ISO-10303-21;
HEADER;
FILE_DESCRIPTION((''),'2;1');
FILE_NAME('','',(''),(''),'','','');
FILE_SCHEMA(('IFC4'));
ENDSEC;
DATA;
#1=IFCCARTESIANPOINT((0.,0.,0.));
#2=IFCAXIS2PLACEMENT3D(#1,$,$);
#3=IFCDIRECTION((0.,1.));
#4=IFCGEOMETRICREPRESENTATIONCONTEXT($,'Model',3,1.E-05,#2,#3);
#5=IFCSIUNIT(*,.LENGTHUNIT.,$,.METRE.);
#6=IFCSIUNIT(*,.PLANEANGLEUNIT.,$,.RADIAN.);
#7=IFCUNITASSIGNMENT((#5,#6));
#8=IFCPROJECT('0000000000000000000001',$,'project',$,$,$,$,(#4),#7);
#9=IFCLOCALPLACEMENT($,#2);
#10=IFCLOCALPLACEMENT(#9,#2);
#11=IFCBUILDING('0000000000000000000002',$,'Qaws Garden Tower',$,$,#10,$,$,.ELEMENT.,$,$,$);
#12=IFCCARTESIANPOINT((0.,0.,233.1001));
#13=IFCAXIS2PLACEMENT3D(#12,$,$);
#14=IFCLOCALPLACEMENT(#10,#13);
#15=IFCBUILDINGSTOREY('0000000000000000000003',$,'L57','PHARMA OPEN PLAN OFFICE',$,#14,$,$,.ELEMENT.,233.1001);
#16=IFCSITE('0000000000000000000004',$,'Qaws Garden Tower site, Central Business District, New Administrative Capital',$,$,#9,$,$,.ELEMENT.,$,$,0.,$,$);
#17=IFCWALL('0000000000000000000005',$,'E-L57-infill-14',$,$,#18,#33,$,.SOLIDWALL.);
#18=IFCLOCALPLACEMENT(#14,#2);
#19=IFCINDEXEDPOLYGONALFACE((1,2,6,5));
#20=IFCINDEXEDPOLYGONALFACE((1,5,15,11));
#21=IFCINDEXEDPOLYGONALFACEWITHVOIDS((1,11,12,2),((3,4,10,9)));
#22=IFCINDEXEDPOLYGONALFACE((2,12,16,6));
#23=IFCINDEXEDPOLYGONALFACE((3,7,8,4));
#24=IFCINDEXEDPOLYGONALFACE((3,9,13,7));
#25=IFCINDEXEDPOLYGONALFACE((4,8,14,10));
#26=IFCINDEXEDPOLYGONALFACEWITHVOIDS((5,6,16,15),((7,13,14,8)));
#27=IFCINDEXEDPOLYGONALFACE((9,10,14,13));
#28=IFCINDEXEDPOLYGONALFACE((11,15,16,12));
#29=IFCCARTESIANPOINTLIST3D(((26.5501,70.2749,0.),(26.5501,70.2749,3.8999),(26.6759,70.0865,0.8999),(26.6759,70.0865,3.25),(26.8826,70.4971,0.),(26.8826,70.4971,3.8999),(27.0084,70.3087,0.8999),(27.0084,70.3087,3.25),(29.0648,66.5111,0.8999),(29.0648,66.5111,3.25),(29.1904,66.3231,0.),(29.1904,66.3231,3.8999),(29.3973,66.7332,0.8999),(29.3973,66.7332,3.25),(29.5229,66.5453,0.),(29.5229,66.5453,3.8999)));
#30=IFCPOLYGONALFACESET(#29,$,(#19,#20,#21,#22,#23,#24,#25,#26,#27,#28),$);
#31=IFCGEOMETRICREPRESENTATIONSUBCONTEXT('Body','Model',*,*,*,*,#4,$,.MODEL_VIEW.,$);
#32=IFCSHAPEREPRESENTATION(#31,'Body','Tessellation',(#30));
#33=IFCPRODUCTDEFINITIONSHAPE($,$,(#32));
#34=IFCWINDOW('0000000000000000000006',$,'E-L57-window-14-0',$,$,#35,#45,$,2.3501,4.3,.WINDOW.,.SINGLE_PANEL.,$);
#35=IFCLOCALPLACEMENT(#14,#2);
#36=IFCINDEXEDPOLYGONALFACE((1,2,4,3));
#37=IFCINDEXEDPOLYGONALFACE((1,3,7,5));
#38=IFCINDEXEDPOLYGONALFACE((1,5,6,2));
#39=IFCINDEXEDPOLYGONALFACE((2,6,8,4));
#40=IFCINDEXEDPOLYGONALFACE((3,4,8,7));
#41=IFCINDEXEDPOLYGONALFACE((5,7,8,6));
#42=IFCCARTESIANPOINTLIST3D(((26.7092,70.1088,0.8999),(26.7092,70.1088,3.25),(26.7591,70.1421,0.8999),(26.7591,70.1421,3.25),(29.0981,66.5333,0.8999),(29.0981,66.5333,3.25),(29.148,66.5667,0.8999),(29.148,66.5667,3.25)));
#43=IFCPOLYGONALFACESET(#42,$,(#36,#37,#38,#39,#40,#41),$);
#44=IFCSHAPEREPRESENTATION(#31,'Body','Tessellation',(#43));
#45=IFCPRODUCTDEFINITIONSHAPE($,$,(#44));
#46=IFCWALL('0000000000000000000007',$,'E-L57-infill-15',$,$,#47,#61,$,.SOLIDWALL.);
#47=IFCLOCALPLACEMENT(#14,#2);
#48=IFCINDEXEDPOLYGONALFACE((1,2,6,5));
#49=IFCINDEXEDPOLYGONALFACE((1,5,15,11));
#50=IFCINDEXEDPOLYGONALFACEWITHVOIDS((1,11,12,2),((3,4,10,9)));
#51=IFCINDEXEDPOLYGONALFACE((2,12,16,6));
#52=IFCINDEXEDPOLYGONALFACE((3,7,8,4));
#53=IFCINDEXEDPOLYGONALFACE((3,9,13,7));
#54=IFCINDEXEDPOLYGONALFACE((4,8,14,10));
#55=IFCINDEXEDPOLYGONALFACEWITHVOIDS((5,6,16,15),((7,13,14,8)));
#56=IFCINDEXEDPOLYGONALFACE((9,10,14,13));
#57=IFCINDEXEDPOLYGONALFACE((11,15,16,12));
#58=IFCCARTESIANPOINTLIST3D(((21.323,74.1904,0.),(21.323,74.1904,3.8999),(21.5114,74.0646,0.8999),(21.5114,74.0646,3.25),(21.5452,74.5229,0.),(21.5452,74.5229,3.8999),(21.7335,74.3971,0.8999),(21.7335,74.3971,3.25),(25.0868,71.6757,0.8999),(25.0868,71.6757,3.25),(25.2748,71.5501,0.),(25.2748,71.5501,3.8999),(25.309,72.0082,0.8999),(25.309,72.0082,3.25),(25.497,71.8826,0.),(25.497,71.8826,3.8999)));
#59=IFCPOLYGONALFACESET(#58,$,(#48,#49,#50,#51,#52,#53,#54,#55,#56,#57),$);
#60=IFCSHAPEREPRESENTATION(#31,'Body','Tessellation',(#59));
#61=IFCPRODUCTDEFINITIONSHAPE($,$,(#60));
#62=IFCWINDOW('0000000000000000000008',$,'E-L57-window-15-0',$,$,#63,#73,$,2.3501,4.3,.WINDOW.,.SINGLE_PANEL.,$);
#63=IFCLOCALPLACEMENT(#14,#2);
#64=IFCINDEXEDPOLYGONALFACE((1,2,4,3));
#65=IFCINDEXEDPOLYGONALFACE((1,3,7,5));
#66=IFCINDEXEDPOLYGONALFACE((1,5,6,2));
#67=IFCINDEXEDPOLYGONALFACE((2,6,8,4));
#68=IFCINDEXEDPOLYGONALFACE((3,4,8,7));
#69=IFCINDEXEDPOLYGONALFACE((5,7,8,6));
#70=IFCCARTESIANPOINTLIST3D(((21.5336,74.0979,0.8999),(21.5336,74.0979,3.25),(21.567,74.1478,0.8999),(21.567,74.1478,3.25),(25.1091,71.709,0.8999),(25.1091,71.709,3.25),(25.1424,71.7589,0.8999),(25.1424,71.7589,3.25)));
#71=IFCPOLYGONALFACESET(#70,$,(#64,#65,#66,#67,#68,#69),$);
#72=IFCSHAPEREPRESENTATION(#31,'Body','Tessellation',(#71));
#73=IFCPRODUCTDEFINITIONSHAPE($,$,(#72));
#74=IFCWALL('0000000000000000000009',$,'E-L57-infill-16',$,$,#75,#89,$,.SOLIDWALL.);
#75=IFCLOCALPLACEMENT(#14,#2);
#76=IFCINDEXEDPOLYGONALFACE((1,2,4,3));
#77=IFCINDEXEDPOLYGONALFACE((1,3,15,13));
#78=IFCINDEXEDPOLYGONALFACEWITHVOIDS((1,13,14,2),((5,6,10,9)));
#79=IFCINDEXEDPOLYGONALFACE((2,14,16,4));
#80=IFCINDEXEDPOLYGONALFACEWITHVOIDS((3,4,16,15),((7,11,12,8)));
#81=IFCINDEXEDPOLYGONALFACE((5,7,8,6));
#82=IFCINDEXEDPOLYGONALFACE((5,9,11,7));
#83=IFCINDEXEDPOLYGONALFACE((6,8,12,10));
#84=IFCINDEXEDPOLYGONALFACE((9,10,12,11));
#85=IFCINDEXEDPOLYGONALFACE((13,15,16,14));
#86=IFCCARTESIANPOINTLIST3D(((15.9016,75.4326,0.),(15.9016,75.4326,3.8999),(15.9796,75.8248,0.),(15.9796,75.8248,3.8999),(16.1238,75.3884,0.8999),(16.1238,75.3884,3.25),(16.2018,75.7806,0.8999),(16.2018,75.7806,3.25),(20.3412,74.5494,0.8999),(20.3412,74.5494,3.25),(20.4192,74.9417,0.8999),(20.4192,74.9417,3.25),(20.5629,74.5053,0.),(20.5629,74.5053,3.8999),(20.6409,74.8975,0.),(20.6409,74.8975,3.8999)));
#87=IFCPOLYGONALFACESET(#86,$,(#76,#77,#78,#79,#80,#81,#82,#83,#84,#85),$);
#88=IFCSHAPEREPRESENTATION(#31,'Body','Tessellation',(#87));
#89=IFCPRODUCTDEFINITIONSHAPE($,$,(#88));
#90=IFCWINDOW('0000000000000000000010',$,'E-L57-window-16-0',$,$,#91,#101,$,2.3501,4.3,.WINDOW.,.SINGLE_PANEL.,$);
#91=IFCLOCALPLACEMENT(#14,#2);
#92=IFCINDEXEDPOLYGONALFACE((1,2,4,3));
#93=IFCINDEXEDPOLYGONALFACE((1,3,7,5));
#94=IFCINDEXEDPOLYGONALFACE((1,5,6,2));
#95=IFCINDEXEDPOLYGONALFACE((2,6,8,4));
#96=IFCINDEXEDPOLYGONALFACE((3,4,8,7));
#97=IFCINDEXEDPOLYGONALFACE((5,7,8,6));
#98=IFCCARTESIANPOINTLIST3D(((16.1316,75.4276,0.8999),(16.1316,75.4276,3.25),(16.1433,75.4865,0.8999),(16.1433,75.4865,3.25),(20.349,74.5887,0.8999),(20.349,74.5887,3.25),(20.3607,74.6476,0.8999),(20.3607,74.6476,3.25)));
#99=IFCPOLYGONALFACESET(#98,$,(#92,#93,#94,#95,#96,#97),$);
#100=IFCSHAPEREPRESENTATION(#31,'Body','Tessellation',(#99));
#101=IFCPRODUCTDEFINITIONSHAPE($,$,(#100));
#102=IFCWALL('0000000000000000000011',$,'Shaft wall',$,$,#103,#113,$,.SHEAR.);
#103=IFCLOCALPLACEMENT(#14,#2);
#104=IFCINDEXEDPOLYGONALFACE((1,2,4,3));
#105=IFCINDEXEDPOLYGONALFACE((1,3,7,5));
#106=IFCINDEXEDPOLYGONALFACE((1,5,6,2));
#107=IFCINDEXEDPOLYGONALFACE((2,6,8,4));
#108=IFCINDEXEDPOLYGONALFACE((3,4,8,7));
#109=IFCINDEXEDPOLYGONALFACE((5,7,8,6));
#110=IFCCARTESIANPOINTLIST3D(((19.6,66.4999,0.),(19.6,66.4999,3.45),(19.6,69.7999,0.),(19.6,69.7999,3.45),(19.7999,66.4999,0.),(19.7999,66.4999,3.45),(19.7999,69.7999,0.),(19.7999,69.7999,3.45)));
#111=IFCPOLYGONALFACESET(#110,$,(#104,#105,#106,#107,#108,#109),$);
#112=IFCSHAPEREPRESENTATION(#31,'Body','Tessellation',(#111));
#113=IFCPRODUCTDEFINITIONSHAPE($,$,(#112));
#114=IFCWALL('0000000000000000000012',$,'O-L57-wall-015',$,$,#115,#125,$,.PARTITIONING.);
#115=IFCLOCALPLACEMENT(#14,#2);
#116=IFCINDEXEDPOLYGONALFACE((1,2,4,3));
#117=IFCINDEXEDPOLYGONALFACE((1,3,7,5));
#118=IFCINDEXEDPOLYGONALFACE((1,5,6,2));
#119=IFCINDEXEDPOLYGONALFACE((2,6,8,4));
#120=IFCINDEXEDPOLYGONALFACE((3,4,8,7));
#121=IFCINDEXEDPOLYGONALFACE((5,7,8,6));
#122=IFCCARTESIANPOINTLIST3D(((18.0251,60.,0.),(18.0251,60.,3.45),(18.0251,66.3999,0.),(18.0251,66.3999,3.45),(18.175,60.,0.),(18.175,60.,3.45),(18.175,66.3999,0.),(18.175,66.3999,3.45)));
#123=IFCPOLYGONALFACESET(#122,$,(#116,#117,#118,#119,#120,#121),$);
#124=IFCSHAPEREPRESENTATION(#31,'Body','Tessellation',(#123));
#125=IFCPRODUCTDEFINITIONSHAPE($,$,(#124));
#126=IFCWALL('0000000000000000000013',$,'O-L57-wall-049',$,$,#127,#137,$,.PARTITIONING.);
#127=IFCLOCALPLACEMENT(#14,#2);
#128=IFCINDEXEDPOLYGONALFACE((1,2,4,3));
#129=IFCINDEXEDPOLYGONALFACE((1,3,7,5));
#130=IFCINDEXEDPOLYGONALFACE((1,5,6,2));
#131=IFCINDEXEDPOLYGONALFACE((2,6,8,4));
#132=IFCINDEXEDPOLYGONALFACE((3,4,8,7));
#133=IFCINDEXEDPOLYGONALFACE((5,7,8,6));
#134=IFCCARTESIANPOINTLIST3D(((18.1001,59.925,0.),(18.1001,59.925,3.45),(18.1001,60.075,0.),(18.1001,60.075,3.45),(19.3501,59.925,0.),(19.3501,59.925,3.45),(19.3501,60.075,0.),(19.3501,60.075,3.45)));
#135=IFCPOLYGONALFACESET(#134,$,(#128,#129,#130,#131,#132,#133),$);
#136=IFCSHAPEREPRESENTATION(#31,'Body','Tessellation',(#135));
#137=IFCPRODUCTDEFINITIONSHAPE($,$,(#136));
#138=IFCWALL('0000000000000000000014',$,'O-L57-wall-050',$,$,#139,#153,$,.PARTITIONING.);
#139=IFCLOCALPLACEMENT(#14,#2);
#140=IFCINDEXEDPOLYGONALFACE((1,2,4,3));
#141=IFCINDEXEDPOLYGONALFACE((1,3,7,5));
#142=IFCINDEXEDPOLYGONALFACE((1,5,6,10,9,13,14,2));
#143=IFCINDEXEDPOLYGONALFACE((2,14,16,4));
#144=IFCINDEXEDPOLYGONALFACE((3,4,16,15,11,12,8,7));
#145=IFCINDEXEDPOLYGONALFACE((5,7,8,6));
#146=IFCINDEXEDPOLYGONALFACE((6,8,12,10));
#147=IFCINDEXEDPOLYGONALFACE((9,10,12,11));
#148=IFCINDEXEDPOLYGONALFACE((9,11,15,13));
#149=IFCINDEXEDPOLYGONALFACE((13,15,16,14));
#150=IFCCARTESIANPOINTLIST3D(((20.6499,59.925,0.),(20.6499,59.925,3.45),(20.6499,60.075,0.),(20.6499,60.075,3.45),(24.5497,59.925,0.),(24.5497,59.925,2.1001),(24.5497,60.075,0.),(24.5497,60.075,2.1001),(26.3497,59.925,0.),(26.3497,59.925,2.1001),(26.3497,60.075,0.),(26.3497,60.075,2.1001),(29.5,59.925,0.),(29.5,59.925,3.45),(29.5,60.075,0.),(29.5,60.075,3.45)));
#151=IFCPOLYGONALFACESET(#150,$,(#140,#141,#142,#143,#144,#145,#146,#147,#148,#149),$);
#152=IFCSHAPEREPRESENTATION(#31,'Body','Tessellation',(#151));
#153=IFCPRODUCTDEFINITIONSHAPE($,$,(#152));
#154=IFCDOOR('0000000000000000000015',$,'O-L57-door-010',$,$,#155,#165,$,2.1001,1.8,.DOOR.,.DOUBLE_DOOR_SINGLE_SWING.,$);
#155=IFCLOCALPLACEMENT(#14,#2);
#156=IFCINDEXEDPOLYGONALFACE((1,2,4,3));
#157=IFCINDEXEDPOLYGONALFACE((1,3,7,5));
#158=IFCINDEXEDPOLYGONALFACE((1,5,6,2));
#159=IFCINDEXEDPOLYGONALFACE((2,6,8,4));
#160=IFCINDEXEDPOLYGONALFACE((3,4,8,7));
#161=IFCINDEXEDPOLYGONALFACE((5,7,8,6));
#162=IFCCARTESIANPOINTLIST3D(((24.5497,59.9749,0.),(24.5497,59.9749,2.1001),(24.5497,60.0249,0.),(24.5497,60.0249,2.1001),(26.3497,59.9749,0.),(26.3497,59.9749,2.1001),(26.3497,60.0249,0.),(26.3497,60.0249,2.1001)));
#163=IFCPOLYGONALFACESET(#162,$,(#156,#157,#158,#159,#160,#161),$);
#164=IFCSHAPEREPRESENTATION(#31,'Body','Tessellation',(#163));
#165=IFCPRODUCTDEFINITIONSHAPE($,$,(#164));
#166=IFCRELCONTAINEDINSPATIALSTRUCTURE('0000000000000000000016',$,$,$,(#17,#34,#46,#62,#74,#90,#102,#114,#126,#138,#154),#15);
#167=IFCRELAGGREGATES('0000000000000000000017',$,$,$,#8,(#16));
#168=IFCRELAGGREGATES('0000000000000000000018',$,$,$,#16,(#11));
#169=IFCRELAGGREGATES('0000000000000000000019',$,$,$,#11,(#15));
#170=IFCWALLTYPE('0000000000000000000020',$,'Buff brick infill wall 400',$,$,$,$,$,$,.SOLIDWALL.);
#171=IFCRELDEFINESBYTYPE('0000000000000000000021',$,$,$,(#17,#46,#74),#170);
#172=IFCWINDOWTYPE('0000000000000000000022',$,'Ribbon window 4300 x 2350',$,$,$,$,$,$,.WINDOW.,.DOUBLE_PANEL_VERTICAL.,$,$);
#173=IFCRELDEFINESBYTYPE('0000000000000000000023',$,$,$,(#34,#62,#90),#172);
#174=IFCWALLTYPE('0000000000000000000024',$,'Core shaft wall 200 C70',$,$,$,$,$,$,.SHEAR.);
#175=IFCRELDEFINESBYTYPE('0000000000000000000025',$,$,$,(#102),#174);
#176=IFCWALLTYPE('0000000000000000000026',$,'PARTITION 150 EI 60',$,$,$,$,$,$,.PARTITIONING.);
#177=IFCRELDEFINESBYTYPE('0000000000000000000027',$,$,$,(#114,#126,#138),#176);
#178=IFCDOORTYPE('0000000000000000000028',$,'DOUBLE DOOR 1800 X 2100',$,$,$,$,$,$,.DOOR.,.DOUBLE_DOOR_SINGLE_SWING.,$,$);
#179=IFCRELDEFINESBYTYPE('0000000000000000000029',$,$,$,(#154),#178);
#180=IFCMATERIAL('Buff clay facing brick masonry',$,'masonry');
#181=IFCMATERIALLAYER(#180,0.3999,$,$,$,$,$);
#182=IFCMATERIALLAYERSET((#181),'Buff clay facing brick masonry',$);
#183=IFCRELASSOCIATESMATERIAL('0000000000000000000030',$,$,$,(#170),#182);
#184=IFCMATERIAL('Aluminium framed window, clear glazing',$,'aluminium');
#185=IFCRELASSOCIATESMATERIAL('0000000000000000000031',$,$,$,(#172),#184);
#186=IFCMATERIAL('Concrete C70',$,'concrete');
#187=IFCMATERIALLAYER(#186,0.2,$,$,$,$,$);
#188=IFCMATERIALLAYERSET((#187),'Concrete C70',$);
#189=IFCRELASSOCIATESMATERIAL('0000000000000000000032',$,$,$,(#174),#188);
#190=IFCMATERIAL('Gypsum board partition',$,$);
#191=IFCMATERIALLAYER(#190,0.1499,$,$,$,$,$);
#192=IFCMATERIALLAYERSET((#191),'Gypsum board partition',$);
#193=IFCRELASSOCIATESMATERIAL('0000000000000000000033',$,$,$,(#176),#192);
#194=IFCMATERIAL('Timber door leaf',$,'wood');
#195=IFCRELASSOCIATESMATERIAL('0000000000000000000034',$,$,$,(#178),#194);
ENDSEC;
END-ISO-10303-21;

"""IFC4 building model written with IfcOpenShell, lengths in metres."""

from ifc_helpers import new_model, si_unit, direction, frame, frame_2d, origin, place, context, subcontext, project, spatial, rectangle, extrude, material, layer, layer_set, type_object, element, fill, save


model = new_model("IFC4")

# Units and contexts
model_context = context("Model", 3, precision=1e-05, world=origin(), true_north=direction((0.0, 1.0)))
body_context = subcontext(model_context, "Body", "Model", "MODEL_VIEW")
ifc_project = project(units=[si_unit("LENGTHUNIT", "METRE"), si_unit("PLANEANGLEUNIT", "RADIAN")], contexts=[model_context])

# Site, building, storey
site_placement = place(None, origin())
site = spatial("IfcSite", under=ifc_project, at=site_placement, Name="Qaws Garden Tower site, Central Business District, New Administrative Capital", CompositionType="ELEMENT", RefElevation=0.0)
building_placement = place(site_placement, origin())
building = spatial("IfcBuilding", under=site, at=building_placement, Name="Qaws Garden Tower", CompositionType="ELEMENT")
storey_placement = place(building_placement, frame((0.0, 0.0, 233.1001)))
storey = spatial("IfcBuildingStorey", under=building, at=storey_placement, Name="L57", Description="PHARMA OPEN PLAN OFFICE", CompositionType="ELEMENT", Elevation=233.1001)

# Walls, openings, windows
ifc_material_1 = material(Name="Buff clay facing brick masonry", Category="masonry")
ifc_layer_1 = layer(ifc_material_1, 0.3999)
ifc_layer_set_1 = layer_set([ifc_layer_1], Name="Buff clay facing brick masonry")
wall_type_1 = type_object("IfcWallType", Name="Buff brick infill wall 400", PredefinedType="SOLIDWALL", material=ifc_layer_set_1)
ifc_material_2 = material(Name="Aluminium framed window, clear glazing", Category="aluminium")
window_type = type_object("IfcWindowType", Name="Ribbon window 4300 x 2350", PartitioningType="DOUBLE_PANEL_VERTICAL", PredefinedType="WINDOW", material=ifc_material_2)
wall_1_placement = place(storey_placement, frame((29.3567, 66.4341, 0.0), z_axis=(0.0, 0.0, 1.0), x_axis=(-0.555542, 0.831489, 0.0)))
wall_1 = element("IfcWall", 1, at=wall_1_placement, inside=storey, type_object=wall_type_1, Name="E-L57-infill-14", PredefinedType="SOLIDWALL", context=body_context, shape_type="SweptSolid", body=[
    extrude(rectangle(XDim=4.7527, YDim=0.3999, at=frame_2d((2.3765, 0.0))), origin(), (0.0, 0.0, 1.0), 3.8999),
])
opening_1_placement = place(wall_1_placement, frame((0.2263, 0.0, 0.8999)))
opening_1 = element("IfcOpeningElement", 2, at=opening_1_placement, cuts=wall_1, PredefinedType="OPENING", context=body_context, shape_type="SweptSolid", body=[
    extrude(rectangle(XDim=4.3, YDim=2.3501, at=frame_2d((2.1499, 1.175))), frame((0.0, 0.21, 0.0), z_axis=(0.0, -1.0, 0.0), x_axis=(1.0, 0.0, 0.0)), (0.0, 0.0, 1.0), 0.4199),
])
window_1_placement = place(opening_1_placement, origin())
window_1 = element("IfcWindow", 3, at=window_1_placement, inside=storey, type_object=window_type, Name="E-L57-window-14-0", OverallHeight=2.3501, OverallWidth=4.3, PartitioningType="SINGLE_PANEL", PredefinedType="WINDOW", context=body_context, shape_type="SweptSolid", body=[
    extrude(rectangle(XDim=4.3, YDim=2.3501, at=frame_2d((2.1499, 1.175))), frame((0.0, 0.1599, 0.0), z_axis=(0.0, -1.0, 0.0), x_axis=(1.0, 0.0, 0.0)), (0.0, 0.0, 1.0), 0.0601),
])
fill(opening_1, window_1)
wall_2_placement = place(storey_placement, frame((25.386, 71.7163, 0.0), z_axis=(0.0, 0.0, 1.0), x_axis=(-0.831489, 0.555542, 0.0)))
wall_2 = element("IfcWall", 4, at=wall_2_placement, inside=storey, type_object=wall_type_1, Name="E-L57-infill-15", PredefinedType="SOLIDWALL", context=body_context, shape_type="SweptSolid", body=[
    extrude(rectangle(XDim=4.7527, YDim=0.3999, at=frame_2d((2.3765, 0.0))), origin(), (0.0, 0.0, 1.0), 3.8999),
])
opening_2_placement = place(wall_2_placement, frame((0.2263, 0.0, 0.8999)))
opening_2 = element("IfcOpeningElement", 5, at=opening_2_placement, cuts=wall_2, PredefinedType="OPENING", context=body_context, shape_type="SweptSolid", body=[
    extrude(rectangle(XDim=4.3, YDim=2.3501, at=frame_2d((2.1499, 1.175))), frame((0.0, 0.21, 0.0), z_axis=(0.0, -1.0, 0.0), x_axis=(1.0, 0.0, 0.0)), (0.0, 0.0, 1.0), 0.4199),
])
window_2_placement = place(opening_2_placement, origin())
window_2 = element("IfcWindow", 6, at=window_2_placement, inside=storey, type_object=window_type, Name="E-L57-window-15-0", OverallHeight=2.3501, OverallWidth=4.3, PartitioningType="SINGLE_PANEL", PredefinedType="WINDOW", context=body_context, shape_type="SweptSolid", body=[
    extrude(rectangle(XDim=4.3, YDim=2.3501, at=frame_2d((2.1499, 1.175))), frame((0.0, 0.1599, 0.0), z_axis=(0.0, -1.0, 0.0), x_axis=(1.0, 0.0, 0.0)), (0.0, 0.0, 1.0), 0.0601),
])
fill(opening_2, window_2)
wall_3_placement = place(storey_placement, frame((20.6021, 74.7014, 0.0), z_axis=(0.0, 0.0, 1.0), x_axis=(-0.980784, 0.195099, 0.0)))
wall_3 = element("IfcWall", 7, at=wall_3_placement, inside=storey, type_object=wall_type_1, Name="E-L57-infill-16", PredefinedType="SOLIDWALL", context=body_context, shape_type="SweptSolid", body=[
    extrude(rectangle(XDim=4.7527, YDim=0.3999, at=frame_2d((2.3765, 0.0))), origin(), (0.0, 0.0, 1.0), 3.8999),
])
opening_3_placement = place(wall_3_placement, frame((0.2263, 0.0, 0.8999)))
opening_3 = element("IfcOpeningElement", 8, at=opening_3_placement, cuts=wall_3, PredefinedType="OPENING", context=body_context, shape_type="SweptSolid", body=[
    extrude(rectangle(XDim=4.3, YDim=2.3501, at=frame_2d((2.1499, 1.175))), frame((0.0, 0.21, 0.0), z_axis=(0.0, -1.0, 0.0), x_axis=(1.0, 0.0, 0.0)), (0.0, 0.0, 1.0), 0.4199),
])
window_3_placement = place(opening_3_placement, origin())
window_3 = element("IfcWindow", 9, at=window_3_placement, inside=storey, type_object=window_type, Name="E-L57-window-16-0", OverallHeight=2.3501, OverallWidth=4.3, PartitioningType="SINGLE_PANEL", PredefinedType="WINDOW", context=body_context, shape_type="SweptSolid", body=[
    extrude(rectangle(XDim=4.3, YDim=2.3501, at=frame_2d((2.1499, 1.175))), frame((0.0, 0.1599, 0.0), z_axis=(0.0, -1.0, 0.0), x_axis=(1.0, 0.0, 0.0)), (0.0, 0.0, 1.0), 0.0601),
])
fill(opening_3, window_3)

# Walls
ifc_material_3 = material(Name="Concrete C70", Category="concrete")
ifc_layer_2 = layer(ifc_material_3, 0.2)
ifc_layer_set_2 = layer_set([ifc_layer_2], Name="Concrete C70")
wall_type_2 = type_object("IfcWallType", Name="Core shaft wall 200 C70", PredefinedType="SHEAR", material=ifc_layer_set_2)
wall_4_placement = place(storey_placement, frame((19.7, 66.5, 0.0), z_axis=(0.0, 0.0, 1.0), x_axis=(0.0, 1.0, 0.0)))
element("IfcWall", 10, at=wall_4_placement, inside=storey, type_object=wall_type_2, Name="Shaft wall", PredefinedType="SHEAR", context=body_context, shape_type="SweptSolid", body=[
    extrude(rectangle(XDim=3.3, YDim=0.2, at=frame_2d((1.6499, 0.0))), origin(), (0.0, 0.0, 1.0), 3.45),
])
ifc_material_4 = material(Name="Gypsum board partition")
ifc_layer_3 = layer(ifc_material_4, 0.1499)
ifc_layer_set_3 = layer_set([ifc_layer_3], Name="Gypsum board partition")
wall_type_3 = type_object("IfcWallType", Name="PARTITION 150 EI 60", PredefinedType="PARTITIONING", material=ifc_layer_set_3)
wall_5_placement = place(storey_placement, frame((18.1001, 60.0, 0.0), z_axis=(0.0, 0.0, 1.0), x_axis=(0.0, 1.0, 0.0)))
element("IfcWall", 11, at=wall_5_placement, inside=storey, type_object=wall_type_3, Name="O-L57-wall-015", PredefinedType="PARTITIONING", context=body_context, shape_type="SweptSolid", body=[
    extrude(rectangle(XDim=6.3999, YDim=0.1499, at=frame_2d((3.2, 0.0))), origin(), (0.0, 0.0, 1.0), 3.45),
])
wall_6_placement = place(storey_placement, frame((18.1001, 60.0, 0.0), z_axis=(0.0, 0.0, 1.0), x_axis=(1.0, 0.0, 0.0)))
element("IfcWall", 12, at=wall_6_placement, inside=storey, type_object=wall_type_3, Name="O-L57-wall-049", PredefinedType="PARTITIONING", context=body_context, shape_type="SweptSolid", body=[
    extrude(rectangle(XDim=1.25, YDim=0.1499, at=frame_2d((0.625, 0.0))), origin(), (0.0, 0.0, 1.0), 3.45),
])

# Wall, opening, door
wall_7_placement = place(storey_placement, frame((20.6499, 60.0, 0.0), z_axis=(0.0, 0.0, 1.0), x_axis=(1.0, 0.0, 0.0)))
wall_7 = element("IfcWall", 13, at=wall_7_placement, inside=storey, type_object=wall_type_3, Name="O-L57-wall-050", PredefinedType="PARTITIONING", context=body_context, shape_type="SweptSolid", body=[
    extrude(rectangle(XDim=8.8501, YDim=0.1499, at=frame_2d((4.425, 0.0))), origin(), (0.0, 0.0, 1.0), 3.45),
])
opening_4_placement = place(wall_7_placement, frame((3.8999, 0.0, 0.0)))
opening_4 = element("IfcOpeningElement", 14, at=opening_4_placement, cuts=wall_7, PredefinedType="OPENING", context=body_context, shape_type="SweptSolid", body=[
    extrude(rectangle(XDim=1.8, YDim=2.1001, at=frame_2d((0.8999, 1.05))), frame((0.0, 0.085, 0.0), z_axis=(0.0, -1.0, 0.0), x_axis=(1.0, 0.0, 0.0)), (0.0, 0.0, 1.0), 0.1699),
])
ifc_material_5 = material(Name="Timber door leaf", Category="wood")
door_type = type_object("IfcDoorType", Name="DOUBLE DOOR 1800 X 2100", OperationType="DOUBLE_DOOR_SINGLE_SWING", PredefinedType="DOOR", material=ifc_material_5)
door_placement = place(opening_4_placement, origin())
door = element("IfcDoor", 15, at=door_placement, inside=storey, type_object=door_type, Name="O-L57-door-010", OperationType="DOUBLE_DOOR_SINGLE_SWING", OverallHeight=2.1001, OverallWidth=1.8, PredefinedType="DOOR", context=body_context, shape_type="SweptSolid", body=[
    extrude(rectangle(XDim=1.8, YDim=2.1001, at=frame_2d((0.8999, 1.05))), frame((0.0, 0.0249, 0.0), z_axis=(0.0, -1.0, 0.0), x_axis=(1.0, 0.0, 0.0)), (0.0, 0.0, 1.0), 0.05),
])
fill(opening_4, door)

save(model, "model.ifc")
